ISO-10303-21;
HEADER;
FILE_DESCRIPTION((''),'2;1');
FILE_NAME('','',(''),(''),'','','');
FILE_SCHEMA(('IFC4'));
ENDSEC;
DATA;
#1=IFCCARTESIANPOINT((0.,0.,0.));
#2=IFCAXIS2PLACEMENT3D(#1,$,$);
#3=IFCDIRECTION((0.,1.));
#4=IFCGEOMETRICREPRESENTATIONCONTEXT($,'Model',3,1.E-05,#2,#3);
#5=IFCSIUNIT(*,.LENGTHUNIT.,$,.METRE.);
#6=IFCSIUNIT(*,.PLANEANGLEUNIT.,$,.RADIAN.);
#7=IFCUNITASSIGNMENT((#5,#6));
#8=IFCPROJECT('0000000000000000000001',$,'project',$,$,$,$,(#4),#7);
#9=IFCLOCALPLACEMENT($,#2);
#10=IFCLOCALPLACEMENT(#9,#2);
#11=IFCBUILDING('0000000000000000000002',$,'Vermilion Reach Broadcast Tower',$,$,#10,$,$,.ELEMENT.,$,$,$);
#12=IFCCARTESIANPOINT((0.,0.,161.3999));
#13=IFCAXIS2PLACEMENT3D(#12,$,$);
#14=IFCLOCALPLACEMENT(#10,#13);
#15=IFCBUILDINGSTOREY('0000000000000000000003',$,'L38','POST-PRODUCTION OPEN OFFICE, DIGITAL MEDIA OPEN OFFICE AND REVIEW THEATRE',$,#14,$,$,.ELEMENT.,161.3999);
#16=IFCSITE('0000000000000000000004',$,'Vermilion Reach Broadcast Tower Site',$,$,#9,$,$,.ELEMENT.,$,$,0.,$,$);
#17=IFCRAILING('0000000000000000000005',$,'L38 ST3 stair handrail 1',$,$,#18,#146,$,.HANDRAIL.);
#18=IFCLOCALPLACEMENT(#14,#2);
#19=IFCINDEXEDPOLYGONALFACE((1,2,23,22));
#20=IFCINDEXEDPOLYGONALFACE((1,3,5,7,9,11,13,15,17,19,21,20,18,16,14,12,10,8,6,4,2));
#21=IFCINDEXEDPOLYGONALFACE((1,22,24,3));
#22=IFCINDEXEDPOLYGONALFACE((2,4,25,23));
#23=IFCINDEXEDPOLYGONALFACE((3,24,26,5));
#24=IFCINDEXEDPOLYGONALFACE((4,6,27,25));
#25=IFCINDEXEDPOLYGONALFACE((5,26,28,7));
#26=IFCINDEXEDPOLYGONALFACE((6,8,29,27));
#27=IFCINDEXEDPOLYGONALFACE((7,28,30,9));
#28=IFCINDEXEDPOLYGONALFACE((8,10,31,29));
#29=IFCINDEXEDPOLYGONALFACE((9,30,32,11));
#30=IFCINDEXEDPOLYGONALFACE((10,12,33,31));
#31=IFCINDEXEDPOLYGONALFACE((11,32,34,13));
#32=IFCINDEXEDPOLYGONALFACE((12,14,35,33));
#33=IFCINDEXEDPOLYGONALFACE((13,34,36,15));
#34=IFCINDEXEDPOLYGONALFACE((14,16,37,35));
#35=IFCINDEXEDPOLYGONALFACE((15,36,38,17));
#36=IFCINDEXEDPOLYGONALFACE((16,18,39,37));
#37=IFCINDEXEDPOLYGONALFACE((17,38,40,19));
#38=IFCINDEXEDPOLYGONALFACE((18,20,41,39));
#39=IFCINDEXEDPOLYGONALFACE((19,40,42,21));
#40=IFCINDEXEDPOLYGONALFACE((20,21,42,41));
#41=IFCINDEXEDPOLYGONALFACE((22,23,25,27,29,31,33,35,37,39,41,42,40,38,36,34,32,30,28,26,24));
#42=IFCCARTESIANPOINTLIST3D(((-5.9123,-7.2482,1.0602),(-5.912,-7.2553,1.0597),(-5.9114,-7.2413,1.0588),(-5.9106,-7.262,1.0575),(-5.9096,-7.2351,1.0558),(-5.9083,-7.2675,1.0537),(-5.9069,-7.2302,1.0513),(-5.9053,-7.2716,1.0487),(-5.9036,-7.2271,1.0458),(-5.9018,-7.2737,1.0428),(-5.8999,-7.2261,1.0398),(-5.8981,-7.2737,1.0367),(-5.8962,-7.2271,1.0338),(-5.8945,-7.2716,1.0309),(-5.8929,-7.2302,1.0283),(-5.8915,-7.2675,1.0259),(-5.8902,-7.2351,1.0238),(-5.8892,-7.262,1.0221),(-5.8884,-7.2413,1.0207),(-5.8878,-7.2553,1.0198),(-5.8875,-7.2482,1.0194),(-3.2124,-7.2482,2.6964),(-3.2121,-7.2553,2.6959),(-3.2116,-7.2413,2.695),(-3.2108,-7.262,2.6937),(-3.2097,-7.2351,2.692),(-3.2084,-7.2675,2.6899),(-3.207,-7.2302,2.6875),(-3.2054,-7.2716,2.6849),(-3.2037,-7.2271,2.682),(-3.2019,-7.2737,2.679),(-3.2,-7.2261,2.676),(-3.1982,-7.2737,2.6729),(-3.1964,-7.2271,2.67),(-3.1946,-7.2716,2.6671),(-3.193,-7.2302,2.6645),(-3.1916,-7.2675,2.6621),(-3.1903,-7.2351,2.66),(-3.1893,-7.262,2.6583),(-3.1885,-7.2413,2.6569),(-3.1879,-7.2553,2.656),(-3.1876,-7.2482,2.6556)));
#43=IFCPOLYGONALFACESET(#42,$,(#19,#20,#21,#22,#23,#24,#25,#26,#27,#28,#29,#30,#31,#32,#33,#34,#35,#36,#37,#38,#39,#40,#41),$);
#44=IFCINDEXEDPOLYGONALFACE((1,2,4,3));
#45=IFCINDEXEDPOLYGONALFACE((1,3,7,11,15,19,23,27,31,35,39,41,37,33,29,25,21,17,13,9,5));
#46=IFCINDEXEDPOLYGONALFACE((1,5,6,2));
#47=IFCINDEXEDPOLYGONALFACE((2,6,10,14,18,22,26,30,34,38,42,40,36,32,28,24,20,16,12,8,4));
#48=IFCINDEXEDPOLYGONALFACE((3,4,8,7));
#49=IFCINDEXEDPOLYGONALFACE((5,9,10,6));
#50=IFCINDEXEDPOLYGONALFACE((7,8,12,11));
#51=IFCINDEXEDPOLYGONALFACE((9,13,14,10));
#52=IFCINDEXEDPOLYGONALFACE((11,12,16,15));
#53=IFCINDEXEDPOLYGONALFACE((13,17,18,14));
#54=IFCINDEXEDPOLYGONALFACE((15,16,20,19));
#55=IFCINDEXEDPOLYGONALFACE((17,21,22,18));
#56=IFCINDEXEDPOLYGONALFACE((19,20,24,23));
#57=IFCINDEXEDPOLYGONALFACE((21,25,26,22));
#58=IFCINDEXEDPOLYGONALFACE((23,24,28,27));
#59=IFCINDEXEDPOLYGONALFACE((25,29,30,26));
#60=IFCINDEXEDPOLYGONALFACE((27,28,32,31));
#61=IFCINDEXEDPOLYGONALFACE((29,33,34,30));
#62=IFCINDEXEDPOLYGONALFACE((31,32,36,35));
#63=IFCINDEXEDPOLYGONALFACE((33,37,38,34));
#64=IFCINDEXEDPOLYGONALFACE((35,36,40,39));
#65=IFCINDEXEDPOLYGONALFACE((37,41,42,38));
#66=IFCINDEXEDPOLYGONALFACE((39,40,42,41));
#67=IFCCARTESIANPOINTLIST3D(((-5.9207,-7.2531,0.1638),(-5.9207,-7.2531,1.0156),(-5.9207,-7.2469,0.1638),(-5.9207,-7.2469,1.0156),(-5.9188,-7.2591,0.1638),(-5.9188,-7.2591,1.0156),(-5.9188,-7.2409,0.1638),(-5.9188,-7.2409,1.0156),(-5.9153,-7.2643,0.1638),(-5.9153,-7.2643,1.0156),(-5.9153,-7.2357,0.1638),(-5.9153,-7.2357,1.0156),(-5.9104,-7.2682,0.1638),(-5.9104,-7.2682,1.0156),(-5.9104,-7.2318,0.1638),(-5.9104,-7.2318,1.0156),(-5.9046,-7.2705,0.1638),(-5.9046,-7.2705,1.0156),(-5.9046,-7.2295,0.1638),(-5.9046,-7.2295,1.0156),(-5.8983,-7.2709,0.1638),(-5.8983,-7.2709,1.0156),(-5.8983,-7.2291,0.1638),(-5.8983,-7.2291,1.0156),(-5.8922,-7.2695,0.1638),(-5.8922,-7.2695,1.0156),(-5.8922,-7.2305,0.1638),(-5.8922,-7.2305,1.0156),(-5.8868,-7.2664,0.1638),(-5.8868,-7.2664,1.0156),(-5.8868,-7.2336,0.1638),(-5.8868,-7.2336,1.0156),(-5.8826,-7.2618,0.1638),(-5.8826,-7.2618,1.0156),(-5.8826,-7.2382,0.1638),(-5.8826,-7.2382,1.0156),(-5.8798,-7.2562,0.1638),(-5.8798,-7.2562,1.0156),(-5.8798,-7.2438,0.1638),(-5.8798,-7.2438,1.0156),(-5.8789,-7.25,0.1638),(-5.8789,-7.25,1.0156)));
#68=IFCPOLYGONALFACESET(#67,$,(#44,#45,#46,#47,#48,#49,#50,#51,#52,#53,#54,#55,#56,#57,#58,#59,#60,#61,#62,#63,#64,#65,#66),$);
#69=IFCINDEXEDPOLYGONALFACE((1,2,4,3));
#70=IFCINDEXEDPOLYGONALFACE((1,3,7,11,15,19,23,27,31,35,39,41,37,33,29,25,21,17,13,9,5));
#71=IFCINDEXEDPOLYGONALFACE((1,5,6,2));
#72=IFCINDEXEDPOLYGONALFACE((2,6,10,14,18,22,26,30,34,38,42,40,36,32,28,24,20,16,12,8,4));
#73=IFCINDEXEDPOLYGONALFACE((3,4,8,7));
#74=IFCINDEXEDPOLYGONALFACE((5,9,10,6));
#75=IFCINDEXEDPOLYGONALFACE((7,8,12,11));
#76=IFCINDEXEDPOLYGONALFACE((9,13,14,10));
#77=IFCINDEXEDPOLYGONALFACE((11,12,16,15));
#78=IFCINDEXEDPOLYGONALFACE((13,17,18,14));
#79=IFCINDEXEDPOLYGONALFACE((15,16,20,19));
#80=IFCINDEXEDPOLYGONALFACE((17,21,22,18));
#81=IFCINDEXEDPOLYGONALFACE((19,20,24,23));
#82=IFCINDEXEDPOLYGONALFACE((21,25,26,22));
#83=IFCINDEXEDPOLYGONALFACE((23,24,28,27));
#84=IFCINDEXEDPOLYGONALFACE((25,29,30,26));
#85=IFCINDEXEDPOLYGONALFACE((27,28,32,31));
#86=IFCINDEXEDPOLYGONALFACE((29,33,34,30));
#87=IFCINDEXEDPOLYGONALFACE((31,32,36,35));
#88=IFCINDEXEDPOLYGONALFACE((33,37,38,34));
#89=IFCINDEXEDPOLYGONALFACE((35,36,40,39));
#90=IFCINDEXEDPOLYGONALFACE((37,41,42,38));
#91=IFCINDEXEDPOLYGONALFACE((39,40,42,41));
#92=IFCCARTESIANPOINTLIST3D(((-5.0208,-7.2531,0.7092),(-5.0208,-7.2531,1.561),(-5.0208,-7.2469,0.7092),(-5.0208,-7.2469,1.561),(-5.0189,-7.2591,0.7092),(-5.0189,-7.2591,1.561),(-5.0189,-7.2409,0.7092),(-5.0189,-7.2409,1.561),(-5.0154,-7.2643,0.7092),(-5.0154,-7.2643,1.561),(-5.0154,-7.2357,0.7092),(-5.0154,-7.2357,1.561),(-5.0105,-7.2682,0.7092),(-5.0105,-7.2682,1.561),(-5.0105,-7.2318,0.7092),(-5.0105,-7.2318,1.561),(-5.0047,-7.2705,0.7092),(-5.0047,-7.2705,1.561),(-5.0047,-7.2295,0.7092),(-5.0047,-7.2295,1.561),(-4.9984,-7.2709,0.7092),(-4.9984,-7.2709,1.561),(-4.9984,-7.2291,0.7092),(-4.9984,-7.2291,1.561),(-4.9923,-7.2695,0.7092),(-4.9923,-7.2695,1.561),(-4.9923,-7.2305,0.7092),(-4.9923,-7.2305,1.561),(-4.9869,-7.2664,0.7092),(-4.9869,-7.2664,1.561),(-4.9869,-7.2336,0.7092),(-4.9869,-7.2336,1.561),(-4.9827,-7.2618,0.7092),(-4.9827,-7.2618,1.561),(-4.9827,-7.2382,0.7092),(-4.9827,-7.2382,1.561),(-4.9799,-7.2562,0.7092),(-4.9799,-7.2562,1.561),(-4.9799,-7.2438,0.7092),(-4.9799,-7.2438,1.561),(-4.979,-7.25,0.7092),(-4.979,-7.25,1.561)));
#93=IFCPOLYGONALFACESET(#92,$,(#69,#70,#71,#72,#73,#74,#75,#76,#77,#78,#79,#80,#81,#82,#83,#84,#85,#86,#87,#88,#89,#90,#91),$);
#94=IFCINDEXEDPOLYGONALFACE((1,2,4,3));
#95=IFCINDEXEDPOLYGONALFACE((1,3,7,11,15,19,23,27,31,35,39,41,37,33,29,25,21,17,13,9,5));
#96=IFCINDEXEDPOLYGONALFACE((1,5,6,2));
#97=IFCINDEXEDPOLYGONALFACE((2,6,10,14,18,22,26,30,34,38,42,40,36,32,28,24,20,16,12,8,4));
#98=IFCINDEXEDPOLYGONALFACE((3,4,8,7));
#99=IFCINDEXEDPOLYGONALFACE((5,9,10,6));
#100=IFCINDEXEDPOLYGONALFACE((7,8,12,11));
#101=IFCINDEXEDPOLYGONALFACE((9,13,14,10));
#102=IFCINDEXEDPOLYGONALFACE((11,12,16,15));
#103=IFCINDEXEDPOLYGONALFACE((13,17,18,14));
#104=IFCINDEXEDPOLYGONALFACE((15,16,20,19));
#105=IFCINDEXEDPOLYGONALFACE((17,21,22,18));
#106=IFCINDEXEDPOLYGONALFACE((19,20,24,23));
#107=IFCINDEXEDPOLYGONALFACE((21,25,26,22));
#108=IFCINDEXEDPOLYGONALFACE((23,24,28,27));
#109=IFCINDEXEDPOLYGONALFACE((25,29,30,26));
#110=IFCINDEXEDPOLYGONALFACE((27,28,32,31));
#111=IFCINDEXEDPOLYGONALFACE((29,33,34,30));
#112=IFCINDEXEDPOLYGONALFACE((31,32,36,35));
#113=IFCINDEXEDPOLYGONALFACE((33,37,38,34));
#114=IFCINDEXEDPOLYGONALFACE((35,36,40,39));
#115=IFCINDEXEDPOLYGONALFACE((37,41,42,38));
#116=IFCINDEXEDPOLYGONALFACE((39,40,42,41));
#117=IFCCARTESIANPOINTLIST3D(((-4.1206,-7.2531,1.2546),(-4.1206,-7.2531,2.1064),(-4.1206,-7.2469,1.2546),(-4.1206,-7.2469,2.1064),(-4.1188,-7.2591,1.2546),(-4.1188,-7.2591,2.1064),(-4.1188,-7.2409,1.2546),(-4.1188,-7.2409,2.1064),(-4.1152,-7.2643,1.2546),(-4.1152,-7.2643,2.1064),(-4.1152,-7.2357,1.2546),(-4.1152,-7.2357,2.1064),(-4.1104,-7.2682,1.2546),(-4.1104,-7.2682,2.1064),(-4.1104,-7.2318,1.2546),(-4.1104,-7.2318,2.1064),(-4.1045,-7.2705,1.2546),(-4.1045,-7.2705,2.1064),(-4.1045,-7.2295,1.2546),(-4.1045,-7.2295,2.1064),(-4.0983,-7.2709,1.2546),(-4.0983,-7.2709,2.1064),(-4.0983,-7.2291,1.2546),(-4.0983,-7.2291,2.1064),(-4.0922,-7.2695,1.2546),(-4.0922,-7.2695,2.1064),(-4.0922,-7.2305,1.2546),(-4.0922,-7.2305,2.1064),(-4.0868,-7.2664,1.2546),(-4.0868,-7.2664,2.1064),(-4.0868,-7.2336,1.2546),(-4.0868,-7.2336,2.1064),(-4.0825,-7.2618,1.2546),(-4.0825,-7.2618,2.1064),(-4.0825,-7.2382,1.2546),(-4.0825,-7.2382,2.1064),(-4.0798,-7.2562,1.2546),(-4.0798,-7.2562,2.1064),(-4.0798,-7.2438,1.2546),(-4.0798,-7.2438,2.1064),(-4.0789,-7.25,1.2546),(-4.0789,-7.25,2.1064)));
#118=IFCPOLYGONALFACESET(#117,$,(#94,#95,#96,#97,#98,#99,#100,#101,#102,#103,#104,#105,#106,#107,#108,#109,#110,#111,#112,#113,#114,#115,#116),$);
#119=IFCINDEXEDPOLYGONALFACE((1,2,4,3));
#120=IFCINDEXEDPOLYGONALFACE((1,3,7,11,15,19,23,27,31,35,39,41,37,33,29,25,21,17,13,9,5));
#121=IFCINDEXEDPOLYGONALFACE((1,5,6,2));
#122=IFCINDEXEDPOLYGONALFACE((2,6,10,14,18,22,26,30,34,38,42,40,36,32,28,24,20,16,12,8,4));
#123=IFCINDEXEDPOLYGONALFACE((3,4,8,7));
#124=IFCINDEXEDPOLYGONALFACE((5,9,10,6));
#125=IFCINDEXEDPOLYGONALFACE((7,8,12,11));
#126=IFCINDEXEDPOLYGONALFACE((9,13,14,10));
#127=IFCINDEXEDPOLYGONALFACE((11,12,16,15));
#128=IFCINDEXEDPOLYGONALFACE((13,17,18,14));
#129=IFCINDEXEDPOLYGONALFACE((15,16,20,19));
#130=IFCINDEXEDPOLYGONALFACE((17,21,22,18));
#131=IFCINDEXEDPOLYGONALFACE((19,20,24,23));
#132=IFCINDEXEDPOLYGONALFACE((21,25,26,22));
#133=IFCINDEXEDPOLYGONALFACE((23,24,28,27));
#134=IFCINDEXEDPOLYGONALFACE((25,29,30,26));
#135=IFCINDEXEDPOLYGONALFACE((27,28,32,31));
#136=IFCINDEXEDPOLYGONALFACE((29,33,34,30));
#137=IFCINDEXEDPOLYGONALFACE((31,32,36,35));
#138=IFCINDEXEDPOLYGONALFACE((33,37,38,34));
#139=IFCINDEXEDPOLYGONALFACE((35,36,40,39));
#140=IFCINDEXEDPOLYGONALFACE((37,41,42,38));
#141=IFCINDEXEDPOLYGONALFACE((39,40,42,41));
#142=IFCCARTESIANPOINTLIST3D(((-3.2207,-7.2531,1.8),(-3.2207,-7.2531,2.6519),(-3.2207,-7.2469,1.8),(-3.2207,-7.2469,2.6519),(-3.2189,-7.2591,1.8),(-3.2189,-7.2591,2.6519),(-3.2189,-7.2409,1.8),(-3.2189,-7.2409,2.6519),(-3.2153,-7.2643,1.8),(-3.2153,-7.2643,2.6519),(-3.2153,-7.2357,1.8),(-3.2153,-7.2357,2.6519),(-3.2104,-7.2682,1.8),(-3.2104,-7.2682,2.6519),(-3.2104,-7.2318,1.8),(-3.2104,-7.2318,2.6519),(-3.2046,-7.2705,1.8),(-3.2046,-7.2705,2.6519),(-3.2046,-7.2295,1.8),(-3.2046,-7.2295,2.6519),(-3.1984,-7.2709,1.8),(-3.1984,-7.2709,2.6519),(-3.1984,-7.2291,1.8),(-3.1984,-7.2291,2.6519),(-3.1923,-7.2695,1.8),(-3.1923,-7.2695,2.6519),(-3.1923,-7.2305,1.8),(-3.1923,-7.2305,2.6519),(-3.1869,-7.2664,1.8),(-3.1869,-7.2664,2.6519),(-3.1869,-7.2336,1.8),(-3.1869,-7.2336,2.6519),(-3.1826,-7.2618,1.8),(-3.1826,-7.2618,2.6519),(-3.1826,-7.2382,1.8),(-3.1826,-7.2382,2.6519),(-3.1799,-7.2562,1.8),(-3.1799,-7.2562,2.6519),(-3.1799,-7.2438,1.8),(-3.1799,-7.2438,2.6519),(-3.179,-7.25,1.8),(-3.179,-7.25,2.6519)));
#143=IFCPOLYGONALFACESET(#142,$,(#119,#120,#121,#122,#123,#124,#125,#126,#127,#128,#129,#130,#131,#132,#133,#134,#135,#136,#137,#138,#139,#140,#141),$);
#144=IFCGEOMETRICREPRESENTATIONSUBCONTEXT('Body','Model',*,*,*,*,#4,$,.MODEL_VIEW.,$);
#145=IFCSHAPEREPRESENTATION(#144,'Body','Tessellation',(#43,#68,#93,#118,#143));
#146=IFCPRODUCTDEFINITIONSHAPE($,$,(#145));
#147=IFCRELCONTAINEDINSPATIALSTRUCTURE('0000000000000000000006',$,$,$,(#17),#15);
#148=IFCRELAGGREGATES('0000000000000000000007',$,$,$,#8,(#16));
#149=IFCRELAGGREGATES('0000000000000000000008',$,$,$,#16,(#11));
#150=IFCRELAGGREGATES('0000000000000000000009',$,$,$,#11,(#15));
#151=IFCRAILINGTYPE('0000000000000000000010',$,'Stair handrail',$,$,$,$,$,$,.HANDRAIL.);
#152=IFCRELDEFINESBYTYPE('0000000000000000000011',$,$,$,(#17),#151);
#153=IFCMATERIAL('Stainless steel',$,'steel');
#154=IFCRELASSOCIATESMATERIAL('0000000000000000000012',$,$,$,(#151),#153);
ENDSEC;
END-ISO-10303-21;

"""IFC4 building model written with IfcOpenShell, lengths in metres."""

from ifc_helpers import new_model, si_unit, direction, frame, origin, origin_2d, place, context, subcontext, project, spatial, circle, extrude, material, type_object, element, save


model = new_model("IFC4")

# Units and contexts
model_context = context("Model", 3, precision=1e-05, world=origin(), true_north=direction((0.0, 1.0)))
body_context = subcontext(model_context, "Body", "Model", "MODEL_VIEW")
ifc_project = project(units=[si_unit("LENGTHUNIT", "METRE"), si_unit("PLANEANGLEUNIT", "RADIAN")], contexts=[model_context])

# Site, building, storey
site_placement = place(None, origin())
site = spatial("IfcSite", under=ifc_project, at=site_placement, Name="Vermilion Reach Broadcast Tower Site", CompositionType="ELEMENT", RefElevation=0.0)
building_placement = place(site_placement, origin())
building = spatial("IfcBuilding", under=site, at=building_placement, Name="Vermilion Reach Broadcast Tower", CompositionType="ELEMENT")
storey_placement = place(building_placement, frame((0.0, 0.0, 161.3999)))
storey = spatial("IfcBuildingStorey", under=building, at=storey_placement, Name="L38", Description="POST-PRODUCTION OPEN OFFICE, DIGITAL MEDIA OPEN OFFICE AND REVIEW THEATRE", CompositionType="ELEMENT", Elevation=161.3999)

# Railing
ifc_material_1 = material(Name="Stainless steel", Category="steel")
railing_type_1 = type_object("IfcRailingType", Name="Stair handrail", PredefinedType="HANDRAIL", material=ifc_material_1)
railing_1_placement = place(storey_placement, frame((-5.8999, -7.25, 0.1638)))
element("IfcRailing", 1, at=railing_1_placement, inside=storey, type_object=railing_type_1, Name="L38 ST3 stair handrail 1", PredefinedType="HANDRAIL", context=body_context, shape_type="SweptSolid", body=[
    extrude(circle(Radius=0.0239, at=origin_2d()), frame((0.0, 0.0, 0.876), z_axis=(0.855212, 0.0, 0.518278), x_axis=(0.0, 1.0, 0.0)), (0.0, 0.0, 1.0), 3.157),
    extrude(circle(Radius=0.021, at=origin_2d()), origin(), (0.0, 0.0, 1.0), 0.8518),
    extrude(circle(Radius=0.021, at=origin_2d()), frame((0.8999, 0.0, 0.5454)), (0.0, 0.0, 1.0), 0.8518),
    extrude(circle(Radius=0.021, at=origin_2d()), frame((1.8, 0.0, 1.0908)), (0.0, 0.0, 1.0), 0.8518),
    extrude(circle(Radius=0.021, at=origin_2d()), frame((2.7, 0.0, 1.6362)), (0.0, 0.0, 1.0), 0.8518),
])

save(model, "model.ifc")
